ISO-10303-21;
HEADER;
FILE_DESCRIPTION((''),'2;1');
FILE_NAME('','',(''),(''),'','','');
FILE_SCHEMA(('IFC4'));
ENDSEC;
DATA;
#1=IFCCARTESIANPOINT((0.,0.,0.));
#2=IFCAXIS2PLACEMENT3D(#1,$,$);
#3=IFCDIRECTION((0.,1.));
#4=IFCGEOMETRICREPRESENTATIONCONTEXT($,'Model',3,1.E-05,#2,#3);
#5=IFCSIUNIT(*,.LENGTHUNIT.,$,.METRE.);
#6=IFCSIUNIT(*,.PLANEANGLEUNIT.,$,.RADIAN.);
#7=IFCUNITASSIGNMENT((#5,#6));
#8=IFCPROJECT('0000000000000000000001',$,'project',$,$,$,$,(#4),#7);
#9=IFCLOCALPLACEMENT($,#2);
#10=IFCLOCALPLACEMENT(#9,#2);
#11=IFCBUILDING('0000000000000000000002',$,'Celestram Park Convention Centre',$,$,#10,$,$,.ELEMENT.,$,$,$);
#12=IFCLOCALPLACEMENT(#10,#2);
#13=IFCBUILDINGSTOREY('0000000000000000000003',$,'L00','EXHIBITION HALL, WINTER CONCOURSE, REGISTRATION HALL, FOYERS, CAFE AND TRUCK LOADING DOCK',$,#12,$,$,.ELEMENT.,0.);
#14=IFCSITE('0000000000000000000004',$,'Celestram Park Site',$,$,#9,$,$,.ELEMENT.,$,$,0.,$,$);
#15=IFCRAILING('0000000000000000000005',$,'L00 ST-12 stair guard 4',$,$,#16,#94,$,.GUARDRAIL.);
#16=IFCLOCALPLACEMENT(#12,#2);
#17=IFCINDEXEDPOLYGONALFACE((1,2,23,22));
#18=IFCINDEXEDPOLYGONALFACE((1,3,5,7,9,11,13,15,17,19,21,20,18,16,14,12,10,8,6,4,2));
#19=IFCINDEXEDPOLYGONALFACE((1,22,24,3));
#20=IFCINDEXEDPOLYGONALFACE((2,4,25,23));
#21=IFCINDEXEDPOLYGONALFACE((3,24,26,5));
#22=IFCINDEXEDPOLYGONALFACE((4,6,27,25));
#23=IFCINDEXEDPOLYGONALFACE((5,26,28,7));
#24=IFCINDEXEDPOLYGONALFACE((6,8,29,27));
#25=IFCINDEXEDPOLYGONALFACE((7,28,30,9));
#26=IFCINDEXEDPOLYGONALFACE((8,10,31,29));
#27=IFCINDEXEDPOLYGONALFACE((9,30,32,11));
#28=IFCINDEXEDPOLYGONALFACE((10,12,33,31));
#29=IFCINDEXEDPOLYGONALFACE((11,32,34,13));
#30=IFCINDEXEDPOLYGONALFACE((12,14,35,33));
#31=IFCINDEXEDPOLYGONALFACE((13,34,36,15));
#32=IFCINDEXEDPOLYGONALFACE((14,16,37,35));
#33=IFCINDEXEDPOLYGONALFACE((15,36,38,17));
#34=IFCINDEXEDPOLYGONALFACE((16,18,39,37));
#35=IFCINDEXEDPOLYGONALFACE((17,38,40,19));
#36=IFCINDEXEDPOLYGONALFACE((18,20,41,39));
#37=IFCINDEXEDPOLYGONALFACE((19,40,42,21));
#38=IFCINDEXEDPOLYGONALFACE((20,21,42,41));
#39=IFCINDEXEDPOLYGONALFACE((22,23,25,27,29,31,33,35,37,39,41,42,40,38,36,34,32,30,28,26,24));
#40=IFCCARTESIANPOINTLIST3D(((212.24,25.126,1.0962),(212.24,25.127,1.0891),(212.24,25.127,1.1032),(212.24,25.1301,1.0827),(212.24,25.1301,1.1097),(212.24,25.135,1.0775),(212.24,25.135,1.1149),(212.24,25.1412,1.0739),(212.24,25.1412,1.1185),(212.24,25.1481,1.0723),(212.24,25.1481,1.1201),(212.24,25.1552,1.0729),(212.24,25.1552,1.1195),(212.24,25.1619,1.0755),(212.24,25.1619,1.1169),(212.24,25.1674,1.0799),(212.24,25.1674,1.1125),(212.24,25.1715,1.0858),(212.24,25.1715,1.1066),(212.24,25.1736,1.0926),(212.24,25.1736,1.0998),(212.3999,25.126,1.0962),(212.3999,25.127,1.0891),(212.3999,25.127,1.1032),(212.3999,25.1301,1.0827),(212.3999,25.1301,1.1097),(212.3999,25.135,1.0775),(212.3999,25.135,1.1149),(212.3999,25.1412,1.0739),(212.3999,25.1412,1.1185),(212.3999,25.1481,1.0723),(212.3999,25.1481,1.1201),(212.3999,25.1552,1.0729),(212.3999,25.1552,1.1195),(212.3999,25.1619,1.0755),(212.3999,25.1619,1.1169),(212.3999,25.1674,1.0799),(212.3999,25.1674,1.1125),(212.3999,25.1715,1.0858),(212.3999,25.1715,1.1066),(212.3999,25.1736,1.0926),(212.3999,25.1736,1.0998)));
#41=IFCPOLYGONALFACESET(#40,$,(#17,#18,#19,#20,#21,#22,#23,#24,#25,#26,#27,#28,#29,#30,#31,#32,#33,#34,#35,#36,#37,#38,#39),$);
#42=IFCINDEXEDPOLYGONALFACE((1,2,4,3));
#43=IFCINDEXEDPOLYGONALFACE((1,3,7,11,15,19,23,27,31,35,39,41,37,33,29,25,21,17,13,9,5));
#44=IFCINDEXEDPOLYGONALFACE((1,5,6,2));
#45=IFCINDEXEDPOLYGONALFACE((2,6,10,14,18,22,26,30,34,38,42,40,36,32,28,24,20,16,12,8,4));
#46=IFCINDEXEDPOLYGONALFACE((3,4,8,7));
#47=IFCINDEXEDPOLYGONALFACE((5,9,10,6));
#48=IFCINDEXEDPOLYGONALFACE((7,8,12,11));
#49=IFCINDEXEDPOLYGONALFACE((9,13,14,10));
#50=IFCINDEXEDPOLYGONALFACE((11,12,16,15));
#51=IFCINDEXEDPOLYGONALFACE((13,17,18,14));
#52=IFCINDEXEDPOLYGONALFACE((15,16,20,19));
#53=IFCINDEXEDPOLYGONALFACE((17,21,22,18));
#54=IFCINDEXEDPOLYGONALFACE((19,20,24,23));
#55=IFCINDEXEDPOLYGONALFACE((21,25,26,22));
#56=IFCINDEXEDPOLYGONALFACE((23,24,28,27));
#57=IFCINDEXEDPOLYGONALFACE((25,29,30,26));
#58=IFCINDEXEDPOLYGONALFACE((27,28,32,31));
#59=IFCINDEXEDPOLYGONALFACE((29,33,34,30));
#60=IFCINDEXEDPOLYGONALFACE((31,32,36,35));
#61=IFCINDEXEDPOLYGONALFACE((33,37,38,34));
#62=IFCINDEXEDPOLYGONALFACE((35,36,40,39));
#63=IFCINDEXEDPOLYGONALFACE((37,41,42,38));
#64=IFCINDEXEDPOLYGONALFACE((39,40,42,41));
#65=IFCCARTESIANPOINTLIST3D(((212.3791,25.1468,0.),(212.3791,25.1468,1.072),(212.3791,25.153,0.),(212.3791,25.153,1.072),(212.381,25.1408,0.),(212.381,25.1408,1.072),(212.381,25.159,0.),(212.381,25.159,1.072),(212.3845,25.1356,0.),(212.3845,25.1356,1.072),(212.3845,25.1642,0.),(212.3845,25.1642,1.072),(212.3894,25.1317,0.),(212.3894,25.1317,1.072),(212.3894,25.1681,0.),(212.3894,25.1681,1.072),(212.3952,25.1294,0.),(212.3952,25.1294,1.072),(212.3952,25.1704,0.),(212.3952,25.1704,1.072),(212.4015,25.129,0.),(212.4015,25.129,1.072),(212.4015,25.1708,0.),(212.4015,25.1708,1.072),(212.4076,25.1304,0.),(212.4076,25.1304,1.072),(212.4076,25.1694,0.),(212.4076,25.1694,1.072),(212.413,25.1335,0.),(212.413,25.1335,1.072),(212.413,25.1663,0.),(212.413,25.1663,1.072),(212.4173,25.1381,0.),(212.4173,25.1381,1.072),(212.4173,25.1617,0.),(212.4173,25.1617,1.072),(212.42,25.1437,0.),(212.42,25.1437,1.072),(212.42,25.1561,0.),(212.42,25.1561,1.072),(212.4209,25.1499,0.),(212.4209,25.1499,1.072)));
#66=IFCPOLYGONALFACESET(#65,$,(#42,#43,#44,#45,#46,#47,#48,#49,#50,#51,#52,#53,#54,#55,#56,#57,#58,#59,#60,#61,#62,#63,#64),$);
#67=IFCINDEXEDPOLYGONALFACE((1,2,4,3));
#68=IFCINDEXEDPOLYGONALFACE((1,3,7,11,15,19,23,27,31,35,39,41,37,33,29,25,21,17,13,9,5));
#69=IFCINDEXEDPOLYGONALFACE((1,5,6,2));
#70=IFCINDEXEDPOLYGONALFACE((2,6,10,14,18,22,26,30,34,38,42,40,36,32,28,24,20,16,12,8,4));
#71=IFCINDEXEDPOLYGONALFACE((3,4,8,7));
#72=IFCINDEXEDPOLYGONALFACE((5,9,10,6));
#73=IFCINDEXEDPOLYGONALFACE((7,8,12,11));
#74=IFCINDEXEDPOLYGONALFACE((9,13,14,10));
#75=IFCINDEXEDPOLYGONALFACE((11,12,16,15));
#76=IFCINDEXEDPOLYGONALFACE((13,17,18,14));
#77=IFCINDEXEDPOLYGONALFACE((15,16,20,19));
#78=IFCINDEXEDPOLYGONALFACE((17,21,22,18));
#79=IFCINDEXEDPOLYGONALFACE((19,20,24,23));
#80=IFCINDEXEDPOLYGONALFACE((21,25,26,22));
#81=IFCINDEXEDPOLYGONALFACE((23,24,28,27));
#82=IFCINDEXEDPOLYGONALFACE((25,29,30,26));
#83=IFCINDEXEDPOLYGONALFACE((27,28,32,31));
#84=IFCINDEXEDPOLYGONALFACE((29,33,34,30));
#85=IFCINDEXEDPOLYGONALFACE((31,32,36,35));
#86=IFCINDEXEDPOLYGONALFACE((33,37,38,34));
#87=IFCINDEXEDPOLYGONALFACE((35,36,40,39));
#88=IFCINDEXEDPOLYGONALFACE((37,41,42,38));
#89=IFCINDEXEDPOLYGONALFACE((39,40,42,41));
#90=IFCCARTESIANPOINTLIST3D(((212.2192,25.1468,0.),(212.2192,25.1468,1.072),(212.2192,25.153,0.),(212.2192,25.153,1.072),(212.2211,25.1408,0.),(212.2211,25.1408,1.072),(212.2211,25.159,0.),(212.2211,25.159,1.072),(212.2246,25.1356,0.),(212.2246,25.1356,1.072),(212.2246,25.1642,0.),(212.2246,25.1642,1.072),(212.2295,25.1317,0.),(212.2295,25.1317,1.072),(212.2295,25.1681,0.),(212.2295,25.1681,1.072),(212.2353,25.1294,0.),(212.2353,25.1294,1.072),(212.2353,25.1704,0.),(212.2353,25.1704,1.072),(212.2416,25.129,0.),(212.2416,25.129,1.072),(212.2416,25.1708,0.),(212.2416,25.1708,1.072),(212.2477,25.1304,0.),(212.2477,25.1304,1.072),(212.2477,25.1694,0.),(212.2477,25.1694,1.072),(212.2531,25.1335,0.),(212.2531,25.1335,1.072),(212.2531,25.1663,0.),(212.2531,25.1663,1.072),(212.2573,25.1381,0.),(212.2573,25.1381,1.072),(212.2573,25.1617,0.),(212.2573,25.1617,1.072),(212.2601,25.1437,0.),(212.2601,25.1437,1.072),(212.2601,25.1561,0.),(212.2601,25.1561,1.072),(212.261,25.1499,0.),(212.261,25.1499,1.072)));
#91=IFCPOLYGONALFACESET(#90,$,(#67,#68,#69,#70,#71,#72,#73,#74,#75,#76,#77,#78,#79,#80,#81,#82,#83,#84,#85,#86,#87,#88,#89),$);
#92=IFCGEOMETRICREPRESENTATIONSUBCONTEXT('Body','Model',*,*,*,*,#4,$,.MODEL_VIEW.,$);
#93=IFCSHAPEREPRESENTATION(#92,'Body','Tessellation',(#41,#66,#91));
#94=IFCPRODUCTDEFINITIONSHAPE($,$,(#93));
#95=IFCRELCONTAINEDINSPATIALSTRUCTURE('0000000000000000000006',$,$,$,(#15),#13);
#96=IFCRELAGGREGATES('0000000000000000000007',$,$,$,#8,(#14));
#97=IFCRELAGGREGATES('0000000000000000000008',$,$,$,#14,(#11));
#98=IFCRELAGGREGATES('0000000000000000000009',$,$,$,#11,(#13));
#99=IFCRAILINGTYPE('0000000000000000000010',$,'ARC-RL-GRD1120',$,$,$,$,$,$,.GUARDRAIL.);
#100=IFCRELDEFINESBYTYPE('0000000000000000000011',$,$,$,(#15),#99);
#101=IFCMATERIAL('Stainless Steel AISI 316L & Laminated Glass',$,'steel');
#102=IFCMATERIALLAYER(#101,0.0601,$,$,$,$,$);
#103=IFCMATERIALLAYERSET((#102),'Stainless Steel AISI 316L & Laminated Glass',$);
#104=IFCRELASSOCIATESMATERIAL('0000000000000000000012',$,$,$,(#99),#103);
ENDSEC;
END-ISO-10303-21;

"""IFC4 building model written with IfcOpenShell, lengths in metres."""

from ifc_helpers import new_model, si_unit, direction, frame, origin, origin_2d, place, context, subcontext, project, spatial, circle, extrude, material, layer, layer_set, type_object, element, save


model = new_model("IFC4")

# Units and contexts
model_context = context("Model", 3, precision=1e-05, world=origin(), true_north=direction((0.0, 1.0)))
body_context = subcontext(model_context, "Body", "Model", "MODEL_VIEW")
ifc_project = project(units=[si_unit("LENGTHUNIT", "METRE"), si_unit("PLANEANGLEUNIT", "RADIAN")], contexts=[model_context])

# Site, building, storey
site_placement = place(None, origin())
site = spatial("IfcSite", under=ifc_project, at=site_placement, Name="Celestram Park Site", CompositionType="ELEMENT", RefElevation=0.0)
building_placement = place(site_placement, origin())
building = spatial("IfcBuilding", under=site, at=building_placement, Name="Celestram Park Convention Centre", CompositionType="ELEMENT")
storey_placement = place(building_placement, origin())
storey = spatial("IfcBuildingStorey", under=building, at=storey_placement, Name="L00", Description="EXHIBITION HALL, WINTER CONCOURSE, REGISTRATION HALL, FOYERS, CAFE AND TRUCK LOADING DOCK", CompositionType="ELEMENT", Elevation=0.0)

# Railing
ifc_material_1 = material(Name="Stainless Steel AISI 316L & Laminated Glass", Category="steel")
ifc_layer_1 = layer(ifc_material_1, 0.0601)
ifc_layer_set_1 = layer_set([ifc_layer_1], Name="Stainless Steel AISI 316L & Laminated Glass")
railing_type_1 = type_object("IfcRailingType", Name="ARC-RL-GRD1120", PredefinedType="GUARDRAIL", material=ifc_layer_set_1)
railing_1_placement = place(storey_placement, frame((212.3999, 25.1499, 0.0)))
element("IfcRailing", 1, at=railing_1_placement, inside=storey, type_object=railing_type_1, Name="L00 ST-12 stair guard 4", PredefinedType="GUARDRAIL", context=body_context, shape_type="SweptSolid", body=[
    extrude(circle(Radius=0.0239, at=origin_2d()), frame((0.0, 0.0, 1.0962), z_axis=(-1.0, 0.0, 0.0), x_axis=(0.0, -1.0, 0.0)), (0.0, 0.0, 1.0), 0.1599),
    extrude(circle(Radius=0.021, at=origin_2d()), origin(), (0.0, 0.0, 1.0), 1.072),
    extrude(circle(Radius=0.021, at=origin_2d()), frame((-0.1599, 0.0, 0.0)), (0.0, 0.0, 1.0), 1.072),
])

save(model, "model.ifc")
